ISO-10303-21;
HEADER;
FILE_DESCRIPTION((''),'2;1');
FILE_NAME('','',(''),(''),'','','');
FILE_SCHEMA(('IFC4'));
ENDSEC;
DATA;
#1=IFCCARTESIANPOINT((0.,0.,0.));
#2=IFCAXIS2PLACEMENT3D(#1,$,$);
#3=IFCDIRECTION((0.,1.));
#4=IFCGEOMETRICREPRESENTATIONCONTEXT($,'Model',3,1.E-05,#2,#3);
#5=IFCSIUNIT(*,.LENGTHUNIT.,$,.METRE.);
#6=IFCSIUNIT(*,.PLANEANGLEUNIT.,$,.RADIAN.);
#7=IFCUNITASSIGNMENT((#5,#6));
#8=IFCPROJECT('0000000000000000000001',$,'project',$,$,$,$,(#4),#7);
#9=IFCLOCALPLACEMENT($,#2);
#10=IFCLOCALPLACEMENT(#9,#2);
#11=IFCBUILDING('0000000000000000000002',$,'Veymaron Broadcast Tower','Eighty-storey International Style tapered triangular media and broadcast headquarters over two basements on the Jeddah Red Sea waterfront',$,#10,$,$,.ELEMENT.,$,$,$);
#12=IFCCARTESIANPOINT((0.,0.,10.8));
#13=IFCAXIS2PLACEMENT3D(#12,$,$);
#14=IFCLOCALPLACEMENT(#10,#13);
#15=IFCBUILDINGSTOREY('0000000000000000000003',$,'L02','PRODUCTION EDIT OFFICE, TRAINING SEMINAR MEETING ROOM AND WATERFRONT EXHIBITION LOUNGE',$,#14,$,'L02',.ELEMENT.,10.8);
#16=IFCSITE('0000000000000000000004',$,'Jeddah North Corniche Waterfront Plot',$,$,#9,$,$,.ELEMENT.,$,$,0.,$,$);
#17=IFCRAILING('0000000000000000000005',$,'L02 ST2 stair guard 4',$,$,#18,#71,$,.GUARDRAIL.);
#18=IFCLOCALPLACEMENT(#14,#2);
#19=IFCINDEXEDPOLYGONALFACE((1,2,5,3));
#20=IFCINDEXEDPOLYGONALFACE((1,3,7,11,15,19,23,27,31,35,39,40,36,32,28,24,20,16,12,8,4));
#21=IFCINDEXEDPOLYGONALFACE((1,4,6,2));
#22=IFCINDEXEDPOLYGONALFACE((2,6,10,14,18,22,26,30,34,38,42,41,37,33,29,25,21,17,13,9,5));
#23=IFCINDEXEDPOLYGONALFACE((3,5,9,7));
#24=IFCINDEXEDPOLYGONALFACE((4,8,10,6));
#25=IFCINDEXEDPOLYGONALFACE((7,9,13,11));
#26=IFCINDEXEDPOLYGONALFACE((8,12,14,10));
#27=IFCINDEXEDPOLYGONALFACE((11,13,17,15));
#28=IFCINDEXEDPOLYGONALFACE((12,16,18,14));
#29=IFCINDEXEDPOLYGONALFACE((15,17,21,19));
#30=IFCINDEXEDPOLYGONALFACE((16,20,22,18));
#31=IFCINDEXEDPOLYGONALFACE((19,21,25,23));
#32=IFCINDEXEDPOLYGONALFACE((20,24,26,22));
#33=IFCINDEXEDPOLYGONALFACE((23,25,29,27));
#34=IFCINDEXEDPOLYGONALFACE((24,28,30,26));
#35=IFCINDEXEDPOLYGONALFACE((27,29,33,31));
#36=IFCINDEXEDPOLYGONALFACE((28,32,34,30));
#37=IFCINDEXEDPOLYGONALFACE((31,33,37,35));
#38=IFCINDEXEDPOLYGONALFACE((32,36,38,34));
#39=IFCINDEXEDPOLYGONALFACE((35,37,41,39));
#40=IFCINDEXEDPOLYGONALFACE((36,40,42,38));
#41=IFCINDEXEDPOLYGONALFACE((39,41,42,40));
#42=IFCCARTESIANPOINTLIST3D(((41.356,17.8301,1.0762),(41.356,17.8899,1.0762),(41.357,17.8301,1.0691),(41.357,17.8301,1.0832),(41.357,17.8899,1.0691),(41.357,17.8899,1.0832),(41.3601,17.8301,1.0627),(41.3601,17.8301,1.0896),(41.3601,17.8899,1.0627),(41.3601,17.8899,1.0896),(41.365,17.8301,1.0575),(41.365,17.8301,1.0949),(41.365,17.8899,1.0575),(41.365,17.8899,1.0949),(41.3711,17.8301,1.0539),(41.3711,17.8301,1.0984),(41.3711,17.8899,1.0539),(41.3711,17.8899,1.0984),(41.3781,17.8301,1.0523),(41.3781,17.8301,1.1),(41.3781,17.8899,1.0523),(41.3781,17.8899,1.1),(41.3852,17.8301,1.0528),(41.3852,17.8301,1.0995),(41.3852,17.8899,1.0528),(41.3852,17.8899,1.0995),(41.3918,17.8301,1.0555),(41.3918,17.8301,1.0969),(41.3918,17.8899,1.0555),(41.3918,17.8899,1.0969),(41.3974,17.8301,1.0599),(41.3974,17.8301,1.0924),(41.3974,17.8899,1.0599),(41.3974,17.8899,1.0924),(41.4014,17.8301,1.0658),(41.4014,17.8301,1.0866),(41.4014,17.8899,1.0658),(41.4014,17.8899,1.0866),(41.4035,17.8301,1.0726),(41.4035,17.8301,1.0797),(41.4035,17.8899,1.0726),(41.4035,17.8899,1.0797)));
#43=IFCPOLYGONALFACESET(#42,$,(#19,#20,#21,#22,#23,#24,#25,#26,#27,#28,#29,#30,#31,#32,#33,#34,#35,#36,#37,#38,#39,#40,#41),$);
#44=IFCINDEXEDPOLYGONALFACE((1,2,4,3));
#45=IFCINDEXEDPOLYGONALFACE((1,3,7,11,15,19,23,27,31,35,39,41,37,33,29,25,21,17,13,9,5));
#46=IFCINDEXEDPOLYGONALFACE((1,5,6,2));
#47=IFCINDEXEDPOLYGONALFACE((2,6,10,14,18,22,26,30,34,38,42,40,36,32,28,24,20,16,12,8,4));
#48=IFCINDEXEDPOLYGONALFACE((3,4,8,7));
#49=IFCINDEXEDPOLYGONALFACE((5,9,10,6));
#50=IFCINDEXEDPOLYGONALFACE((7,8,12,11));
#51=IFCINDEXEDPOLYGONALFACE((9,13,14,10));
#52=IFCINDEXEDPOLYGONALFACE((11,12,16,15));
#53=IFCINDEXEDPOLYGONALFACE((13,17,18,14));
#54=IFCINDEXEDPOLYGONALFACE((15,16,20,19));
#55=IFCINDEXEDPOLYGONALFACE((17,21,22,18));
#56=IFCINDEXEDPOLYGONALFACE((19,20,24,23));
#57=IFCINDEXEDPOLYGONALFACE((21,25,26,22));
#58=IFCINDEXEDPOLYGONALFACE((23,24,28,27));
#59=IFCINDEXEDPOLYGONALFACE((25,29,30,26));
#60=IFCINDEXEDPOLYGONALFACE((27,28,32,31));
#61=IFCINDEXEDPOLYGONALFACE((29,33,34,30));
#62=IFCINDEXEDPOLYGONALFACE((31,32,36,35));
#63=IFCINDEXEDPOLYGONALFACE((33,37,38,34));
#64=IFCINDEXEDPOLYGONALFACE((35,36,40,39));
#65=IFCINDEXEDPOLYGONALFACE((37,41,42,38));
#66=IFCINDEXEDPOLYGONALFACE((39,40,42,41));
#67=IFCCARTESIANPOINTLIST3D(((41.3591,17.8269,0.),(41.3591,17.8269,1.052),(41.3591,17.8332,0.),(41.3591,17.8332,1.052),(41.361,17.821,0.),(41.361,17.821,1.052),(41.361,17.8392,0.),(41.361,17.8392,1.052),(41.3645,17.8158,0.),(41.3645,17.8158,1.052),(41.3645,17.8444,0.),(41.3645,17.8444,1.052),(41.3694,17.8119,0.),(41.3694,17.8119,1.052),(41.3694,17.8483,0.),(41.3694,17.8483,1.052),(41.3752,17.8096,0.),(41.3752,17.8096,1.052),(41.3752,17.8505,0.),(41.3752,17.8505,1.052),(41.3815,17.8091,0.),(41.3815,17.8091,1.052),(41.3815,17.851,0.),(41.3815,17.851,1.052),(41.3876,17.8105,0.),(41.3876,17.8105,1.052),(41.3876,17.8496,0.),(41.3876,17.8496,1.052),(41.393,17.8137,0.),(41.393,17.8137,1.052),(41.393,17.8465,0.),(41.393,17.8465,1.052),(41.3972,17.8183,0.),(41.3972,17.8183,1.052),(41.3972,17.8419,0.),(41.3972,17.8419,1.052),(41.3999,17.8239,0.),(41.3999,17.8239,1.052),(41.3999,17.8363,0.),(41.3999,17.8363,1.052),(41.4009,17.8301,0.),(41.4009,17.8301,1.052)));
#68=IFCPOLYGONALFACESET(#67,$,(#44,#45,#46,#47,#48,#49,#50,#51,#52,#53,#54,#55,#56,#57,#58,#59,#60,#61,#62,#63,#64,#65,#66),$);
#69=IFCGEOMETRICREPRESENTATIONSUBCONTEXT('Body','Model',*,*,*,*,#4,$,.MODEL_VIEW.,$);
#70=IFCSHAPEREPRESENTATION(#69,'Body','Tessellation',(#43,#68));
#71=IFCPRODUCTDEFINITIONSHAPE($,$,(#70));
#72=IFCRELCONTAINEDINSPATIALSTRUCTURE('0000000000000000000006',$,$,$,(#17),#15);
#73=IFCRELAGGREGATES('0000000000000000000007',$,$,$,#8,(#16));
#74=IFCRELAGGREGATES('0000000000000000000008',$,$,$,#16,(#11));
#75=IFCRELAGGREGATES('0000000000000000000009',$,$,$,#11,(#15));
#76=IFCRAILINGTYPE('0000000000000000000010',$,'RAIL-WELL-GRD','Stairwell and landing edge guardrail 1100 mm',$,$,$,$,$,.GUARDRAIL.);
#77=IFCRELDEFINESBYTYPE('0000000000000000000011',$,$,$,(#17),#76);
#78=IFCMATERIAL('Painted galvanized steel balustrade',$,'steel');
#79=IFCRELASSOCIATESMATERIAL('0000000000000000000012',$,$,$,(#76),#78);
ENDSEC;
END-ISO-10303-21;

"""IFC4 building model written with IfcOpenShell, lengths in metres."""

from ifc_helpers import new_model, si_unit, direction, frame, origin, origin_2d, place, context, subcontext, project, spatial, circle, extrude, material, type_object, element, save


model = new_model("IFC4")

# Units and contexts
model_context = context("Model", 3, precision=1e-05, world=origin(), true_north=direction((0.0, 1.0)))
body_context = subcontext(model_context, "Body", "Model", "MODEL_VIEW")
ifc_project = project(units=[si_unit("LENGTHUNIT", "METRE"), si_unit("PLANEANGLEUNIT", "RADIAN")], contexts=[model_context])

# Site, building, storey
site_placement = place(None, origin())
site = spatial("IfcSite", under=ifc_project, at=site_placement, Name="Jeddah North Corniche Waterfront Plot", CompositionType="ELEMENT", RefElevation=0.0)
building_placement = place(site_placement, origin())
building = spatial("IfcBuilding", under=site, at=building_placement, Name="Veymaron Broadcast Tower", Description="Eighty-storey International Style tapered triangular media and broadcast headquarters over two basements on the Jeddah Red Sea waterfront", CompositionType="ELEMENT")
storey_placement = place(building_placement, frame((0.0, 0.0, 10.8)))
storey = spatial("IfcBuildingStorey", under=building, at=storey_placement, Name="L02", Description="PRODUCTION EDIT OFFICE, TRAINING SEMINAR MEETING ROOM AND WATERFRONT EXHIBITION LOUNGE", LongName="L02", CompositionType="ELEMENT", Elevation=10.8)

# Railing
ifc_material_1 = material(Name="Painted galvanized steel balustrade", Category="steel")
railing_type_1 = type_object("IfcRailingType", Name="RAIL-WELL-GRD", Description="Stairwell and landing edge guardrail 1100 mm", PredefinedType="GUARDRAIL", material=ifc_material_1)
railing_1_placement = place(storey_placement, frame((41.3799, 17.8301, 0.0)))
element("IfcRailing", 1, at=railing_1_placement, inside=storey, type_object=railing_type_1, Name="L02 ST2 stair guard 4", PredefinedType="GUARDRAIL", context=body_context, shape_type="SweptSolid", body=[
    extrude(circle(Radius=0.0239, at=origin_2d()), frame((0.0, 0.0, 1.0762), z_axis=(0.0, 1.0, 0.0), x_axis=(-1.0, 0.0, 0.0)), (0.0, 0.0, 1.0), 0.0598),
    extrude(circle(Radius=0.021, at=origin_2d()), origin(), (0.0, 0.0, 1.0), 1.052),
])

save(model, "model.ifc")
